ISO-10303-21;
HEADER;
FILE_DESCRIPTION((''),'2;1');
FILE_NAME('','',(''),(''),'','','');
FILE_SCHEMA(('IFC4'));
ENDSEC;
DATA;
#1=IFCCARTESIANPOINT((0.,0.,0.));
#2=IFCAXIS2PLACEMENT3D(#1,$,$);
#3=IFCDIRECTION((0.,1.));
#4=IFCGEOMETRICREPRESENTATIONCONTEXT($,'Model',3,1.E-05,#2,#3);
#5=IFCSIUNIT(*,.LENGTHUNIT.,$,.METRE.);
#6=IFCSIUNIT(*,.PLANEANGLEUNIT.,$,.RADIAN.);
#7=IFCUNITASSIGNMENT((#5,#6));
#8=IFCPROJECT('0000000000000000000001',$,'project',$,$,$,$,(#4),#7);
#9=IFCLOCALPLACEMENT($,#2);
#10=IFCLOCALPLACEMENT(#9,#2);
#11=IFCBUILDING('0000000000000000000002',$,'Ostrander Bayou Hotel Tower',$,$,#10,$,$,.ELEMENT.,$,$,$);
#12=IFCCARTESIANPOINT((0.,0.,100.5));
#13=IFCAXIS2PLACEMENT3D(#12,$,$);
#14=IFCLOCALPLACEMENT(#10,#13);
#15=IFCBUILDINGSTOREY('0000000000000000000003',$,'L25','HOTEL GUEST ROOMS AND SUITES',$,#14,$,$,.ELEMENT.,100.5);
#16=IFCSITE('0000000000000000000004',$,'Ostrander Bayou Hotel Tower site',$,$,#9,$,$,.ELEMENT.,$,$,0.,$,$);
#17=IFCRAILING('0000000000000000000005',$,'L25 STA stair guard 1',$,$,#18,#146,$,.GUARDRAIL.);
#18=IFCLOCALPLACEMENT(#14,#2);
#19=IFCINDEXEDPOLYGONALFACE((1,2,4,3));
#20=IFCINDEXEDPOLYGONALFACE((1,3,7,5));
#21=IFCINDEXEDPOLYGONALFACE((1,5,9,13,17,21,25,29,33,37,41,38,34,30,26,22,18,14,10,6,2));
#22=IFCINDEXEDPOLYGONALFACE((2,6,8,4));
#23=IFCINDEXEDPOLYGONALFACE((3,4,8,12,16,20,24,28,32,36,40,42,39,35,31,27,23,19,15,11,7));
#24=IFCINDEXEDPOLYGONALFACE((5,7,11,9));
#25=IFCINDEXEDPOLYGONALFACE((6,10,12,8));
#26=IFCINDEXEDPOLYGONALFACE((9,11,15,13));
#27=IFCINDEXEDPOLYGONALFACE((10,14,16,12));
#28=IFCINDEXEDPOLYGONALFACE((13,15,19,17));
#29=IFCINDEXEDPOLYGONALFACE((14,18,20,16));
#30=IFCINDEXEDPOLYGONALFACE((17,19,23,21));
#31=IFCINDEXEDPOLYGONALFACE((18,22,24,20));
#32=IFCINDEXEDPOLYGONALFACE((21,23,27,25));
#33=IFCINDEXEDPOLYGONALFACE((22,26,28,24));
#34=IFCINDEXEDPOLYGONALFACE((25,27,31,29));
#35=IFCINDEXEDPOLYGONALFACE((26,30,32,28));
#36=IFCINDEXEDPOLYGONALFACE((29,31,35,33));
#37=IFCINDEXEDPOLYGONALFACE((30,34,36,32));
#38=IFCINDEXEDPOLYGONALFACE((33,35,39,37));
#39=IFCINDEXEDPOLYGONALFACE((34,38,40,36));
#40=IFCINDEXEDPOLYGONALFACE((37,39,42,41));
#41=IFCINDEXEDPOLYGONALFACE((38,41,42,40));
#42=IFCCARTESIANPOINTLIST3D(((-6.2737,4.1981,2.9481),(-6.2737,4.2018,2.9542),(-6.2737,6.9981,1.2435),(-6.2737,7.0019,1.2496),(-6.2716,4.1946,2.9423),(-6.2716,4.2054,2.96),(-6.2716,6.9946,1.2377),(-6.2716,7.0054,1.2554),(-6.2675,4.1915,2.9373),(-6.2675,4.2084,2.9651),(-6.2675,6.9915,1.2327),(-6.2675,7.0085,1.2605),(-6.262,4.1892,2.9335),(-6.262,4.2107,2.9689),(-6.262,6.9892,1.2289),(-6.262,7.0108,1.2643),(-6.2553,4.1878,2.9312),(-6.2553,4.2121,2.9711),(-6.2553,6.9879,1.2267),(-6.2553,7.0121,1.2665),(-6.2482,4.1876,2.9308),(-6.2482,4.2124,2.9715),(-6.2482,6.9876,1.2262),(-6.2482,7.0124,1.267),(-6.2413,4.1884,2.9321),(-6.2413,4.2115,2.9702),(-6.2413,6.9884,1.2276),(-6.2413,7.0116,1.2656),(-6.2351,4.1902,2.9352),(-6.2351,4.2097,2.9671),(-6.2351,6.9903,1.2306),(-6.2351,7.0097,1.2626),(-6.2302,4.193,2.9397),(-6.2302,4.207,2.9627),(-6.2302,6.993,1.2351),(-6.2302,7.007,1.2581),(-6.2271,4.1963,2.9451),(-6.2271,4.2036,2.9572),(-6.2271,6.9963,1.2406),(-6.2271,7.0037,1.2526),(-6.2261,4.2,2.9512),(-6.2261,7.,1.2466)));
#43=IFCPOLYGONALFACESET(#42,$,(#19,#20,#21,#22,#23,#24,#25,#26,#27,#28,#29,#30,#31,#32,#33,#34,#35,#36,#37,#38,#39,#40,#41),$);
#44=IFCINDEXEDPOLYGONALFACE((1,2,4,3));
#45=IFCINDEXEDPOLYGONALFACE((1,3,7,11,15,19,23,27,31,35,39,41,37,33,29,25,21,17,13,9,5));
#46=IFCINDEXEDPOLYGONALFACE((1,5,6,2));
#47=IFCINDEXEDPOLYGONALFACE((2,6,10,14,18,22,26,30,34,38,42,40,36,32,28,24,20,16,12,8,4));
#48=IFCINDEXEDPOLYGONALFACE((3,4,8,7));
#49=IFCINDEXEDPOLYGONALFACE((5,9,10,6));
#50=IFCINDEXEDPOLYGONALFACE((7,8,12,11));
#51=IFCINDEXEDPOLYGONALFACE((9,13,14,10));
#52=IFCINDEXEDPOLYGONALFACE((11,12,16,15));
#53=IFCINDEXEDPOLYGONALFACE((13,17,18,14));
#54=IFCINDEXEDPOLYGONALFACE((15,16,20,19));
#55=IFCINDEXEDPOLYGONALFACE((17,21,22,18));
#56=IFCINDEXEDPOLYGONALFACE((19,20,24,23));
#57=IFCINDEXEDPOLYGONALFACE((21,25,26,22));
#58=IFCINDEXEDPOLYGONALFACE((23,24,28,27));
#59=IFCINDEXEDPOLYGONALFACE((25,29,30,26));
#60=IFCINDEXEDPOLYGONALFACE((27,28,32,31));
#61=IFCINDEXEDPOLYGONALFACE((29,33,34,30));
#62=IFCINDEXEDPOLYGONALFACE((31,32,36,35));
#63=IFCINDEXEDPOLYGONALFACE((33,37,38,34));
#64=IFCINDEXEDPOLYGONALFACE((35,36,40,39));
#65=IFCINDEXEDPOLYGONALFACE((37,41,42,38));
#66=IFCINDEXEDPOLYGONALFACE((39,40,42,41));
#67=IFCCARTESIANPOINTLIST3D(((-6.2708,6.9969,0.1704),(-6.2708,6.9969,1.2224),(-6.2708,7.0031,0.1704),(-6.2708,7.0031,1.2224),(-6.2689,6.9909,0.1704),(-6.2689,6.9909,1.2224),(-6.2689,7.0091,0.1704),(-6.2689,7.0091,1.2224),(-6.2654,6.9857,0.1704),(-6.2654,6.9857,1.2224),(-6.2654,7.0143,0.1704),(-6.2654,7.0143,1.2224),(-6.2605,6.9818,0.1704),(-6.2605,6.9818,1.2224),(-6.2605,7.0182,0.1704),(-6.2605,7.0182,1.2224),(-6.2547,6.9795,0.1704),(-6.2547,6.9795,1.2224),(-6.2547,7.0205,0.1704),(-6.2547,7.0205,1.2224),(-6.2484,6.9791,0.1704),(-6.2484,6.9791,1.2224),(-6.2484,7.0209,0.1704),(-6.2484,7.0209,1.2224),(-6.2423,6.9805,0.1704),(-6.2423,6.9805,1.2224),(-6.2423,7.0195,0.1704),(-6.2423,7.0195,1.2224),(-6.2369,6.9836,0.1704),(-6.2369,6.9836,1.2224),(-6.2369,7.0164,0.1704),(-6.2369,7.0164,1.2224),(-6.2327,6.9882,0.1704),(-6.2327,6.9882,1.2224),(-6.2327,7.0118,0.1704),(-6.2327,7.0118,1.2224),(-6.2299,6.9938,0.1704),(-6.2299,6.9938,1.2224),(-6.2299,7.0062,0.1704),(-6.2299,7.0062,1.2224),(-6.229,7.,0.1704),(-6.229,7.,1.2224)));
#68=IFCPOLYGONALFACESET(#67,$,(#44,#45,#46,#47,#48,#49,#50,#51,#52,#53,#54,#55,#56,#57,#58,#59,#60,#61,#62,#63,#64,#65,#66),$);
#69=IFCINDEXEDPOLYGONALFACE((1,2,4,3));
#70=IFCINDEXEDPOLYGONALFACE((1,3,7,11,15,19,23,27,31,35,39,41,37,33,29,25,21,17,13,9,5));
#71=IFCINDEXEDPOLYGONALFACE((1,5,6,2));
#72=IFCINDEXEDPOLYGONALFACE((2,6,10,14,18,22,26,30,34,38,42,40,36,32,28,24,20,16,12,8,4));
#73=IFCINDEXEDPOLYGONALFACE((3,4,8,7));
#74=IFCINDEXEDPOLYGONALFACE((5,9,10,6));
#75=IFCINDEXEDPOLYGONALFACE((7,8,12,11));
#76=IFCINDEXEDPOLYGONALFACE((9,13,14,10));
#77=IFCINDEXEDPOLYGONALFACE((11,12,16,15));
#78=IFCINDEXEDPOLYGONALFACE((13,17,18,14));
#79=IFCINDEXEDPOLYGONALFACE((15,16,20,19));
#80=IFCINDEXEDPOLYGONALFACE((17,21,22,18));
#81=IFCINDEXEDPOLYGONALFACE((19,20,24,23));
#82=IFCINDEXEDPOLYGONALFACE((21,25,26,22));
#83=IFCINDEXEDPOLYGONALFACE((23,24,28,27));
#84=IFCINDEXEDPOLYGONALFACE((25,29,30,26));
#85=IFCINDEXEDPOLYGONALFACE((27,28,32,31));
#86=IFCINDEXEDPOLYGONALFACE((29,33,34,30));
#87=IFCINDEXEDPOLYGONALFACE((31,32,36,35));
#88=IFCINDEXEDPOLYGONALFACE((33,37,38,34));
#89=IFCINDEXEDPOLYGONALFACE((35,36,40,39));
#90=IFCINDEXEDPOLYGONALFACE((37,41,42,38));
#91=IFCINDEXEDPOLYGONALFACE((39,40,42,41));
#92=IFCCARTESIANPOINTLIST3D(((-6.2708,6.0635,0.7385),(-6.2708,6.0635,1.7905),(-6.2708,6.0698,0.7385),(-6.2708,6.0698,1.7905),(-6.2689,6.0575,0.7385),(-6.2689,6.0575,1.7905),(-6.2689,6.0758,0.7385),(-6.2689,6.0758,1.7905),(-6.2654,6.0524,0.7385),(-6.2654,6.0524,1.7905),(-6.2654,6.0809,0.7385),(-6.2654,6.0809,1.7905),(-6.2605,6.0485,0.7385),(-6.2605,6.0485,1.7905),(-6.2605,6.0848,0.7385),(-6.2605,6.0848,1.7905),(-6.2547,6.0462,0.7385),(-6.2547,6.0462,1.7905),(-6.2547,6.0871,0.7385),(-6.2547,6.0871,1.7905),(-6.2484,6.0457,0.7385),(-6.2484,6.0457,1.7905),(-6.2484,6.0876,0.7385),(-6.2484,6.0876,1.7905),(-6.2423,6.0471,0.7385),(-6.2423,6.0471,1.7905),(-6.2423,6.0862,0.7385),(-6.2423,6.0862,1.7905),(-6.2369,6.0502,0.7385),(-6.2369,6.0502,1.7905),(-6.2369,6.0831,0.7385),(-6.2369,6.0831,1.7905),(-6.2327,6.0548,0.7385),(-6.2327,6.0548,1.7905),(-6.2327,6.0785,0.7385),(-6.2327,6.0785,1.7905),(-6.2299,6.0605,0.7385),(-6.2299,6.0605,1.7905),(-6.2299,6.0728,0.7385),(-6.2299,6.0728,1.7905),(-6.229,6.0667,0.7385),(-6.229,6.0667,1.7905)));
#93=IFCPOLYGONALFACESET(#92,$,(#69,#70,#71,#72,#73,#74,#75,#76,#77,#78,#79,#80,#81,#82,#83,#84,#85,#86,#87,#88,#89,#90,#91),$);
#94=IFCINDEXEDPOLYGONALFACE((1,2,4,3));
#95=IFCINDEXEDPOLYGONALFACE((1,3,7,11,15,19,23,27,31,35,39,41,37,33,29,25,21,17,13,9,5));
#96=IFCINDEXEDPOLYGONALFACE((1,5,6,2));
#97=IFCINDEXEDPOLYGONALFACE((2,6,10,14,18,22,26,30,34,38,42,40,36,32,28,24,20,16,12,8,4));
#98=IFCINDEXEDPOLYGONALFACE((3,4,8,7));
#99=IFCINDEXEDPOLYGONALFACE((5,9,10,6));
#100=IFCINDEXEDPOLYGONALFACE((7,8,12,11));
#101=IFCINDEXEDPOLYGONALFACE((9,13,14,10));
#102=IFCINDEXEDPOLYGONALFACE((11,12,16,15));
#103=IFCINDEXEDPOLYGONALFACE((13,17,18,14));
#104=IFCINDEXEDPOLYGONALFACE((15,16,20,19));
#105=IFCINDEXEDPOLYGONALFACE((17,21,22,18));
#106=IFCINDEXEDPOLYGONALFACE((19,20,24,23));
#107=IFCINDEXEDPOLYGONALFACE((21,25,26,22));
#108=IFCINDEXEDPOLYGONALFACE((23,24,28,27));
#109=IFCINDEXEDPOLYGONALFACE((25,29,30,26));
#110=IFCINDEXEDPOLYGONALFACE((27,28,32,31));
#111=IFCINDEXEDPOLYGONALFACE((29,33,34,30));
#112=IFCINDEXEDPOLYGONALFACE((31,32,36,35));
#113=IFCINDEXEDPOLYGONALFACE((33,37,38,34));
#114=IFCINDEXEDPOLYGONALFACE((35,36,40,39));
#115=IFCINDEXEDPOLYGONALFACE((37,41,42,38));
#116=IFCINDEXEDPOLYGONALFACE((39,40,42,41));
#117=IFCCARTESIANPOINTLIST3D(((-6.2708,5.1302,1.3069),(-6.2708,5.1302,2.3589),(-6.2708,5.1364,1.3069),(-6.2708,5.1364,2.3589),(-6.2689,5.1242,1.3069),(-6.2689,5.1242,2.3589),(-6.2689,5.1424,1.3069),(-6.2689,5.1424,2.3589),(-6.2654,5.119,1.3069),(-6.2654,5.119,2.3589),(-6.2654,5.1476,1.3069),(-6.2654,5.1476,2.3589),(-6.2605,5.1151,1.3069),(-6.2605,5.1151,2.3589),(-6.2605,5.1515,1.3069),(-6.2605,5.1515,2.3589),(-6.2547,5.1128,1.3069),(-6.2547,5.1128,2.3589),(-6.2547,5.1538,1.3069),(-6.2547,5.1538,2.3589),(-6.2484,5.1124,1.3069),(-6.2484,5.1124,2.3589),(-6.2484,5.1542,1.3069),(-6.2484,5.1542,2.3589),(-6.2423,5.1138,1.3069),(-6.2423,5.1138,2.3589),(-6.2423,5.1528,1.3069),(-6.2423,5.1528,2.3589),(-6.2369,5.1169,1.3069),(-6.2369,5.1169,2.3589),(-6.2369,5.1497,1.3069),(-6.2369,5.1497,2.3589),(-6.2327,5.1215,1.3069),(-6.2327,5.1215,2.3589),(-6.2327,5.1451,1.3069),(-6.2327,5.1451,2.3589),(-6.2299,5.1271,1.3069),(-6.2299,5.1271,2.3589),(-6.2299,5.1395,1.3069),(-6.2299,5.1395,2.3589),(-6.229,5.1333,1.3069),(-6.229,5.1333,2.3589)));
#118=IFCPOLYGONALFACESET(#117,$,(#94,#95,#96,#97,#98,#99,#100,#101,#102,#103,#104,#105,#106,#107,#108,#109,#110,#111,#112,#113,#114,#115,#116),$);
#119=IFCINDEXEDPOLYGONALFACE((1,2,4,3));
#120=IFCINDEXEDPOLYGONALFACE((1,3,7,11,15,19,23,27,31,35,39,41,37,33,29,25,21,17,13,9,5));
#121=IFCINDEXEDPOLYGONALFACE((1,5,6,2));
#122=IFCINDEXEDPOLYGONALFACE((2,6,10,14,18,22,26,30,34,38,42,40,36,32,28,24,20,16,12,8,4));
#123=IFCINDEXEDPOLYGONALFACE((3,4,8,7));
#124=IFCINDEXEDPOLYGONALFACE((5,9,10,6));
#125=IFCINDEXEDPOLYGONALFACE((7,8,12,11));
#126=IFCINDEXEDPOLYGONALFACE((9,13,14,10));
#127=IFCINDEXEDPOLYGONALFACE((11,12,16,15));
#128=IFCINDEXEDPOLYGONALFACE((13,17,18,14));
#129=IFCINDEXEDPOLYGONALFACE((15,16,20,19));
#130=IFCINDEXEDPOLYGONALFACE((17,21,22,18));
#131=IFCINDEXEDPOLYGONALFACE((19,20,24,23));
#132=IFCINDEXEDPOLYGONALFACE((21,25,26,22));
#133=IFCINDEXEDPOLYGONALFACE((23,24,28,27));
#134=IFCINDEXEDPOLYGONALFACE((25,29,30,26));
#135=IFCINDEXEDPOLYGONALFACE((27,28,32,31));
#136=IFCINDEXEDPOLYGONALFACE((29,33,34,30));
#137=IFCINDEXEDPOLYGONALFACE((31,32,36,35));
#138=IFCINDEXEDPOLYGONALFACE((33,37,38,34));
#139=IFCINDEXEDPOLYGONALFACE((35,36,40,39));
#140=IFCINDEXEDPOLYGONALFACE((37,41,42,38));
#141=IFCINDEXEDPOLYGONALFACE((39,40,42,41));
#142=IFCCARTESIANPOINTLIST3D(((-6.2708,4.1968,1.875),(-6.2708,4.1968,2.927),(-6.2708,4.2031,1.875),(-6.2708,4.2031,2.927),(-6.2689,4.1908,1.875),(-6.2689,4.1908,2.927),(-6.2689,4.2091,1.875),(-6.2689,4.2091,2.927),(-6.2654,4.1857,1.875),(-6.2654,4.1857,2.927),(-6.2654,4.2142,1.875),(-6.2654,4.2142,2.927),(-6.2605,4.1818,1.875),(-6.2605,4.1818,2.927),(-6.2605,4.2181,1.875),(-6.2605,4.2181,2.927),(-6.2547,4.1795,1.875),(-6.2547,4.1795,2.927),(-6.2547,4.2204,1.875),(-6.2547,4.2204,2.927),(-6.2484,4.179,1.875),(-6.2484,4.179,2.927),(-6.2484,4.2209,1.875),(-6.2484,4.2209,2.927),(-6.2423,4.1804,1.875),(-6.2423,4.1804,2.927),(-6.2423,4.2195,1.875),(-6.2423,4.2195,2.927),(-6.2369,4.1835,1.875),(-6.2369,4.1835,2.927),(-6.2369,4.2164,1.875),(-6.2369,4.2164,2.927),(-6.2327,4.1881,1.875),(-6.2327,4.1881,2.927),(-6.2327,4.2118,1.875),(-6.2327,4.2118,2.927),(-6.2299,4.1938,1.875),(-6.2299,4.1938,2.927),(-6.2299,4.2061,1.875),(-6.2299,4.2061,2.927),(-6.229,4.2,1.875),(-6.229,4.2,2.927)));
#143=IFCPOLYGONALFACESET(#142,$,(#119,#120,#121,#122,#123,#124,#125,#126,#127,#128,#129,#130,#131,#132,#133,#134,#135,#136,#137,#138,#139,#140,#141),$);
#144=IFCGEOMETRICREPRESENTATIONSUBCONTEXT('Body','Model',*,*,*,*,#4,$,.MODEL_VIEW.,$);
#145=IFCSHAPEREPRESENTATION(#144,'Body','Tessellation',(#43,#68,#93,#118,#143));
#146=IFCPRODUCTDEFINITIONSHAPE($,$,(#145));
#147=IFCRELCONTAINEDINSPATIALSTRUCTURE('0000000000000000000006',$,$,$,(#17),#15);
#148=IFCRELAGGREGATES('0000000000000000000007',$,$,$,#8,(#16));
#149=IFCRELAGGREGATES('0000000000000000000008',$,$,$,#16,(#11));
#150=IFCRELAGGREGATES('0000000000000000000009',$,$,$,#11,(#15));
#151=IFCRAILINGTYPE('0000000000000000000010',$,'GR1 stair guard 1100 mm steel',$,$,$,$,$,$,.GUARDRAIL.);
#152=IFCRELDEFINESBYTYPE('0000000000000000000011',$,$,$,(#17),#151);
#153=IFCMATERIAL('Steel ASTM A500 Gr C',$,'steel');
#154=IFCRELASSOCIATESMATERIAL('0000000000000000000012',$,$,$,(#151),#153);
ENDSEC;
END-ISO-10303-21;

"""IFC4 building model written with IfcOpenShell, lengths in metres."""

from ifc_helpers import new_model, si_unit, direction, frame, origin, origin_2d, place, context, subcontext, project, spatial, circle, extrude, material, type_object, element, save


model = new_model("IFC4")

# Units and contexts
model_context = context("Model", 3, precision=1e-05, world=origin(), true_north=direction((0.0, 1.0)))
body_context = subcontext(model_context, "Body", "Model", "MODEL_VIEW")
ifc_project = project(units=[si_unit("LENGTHUNIT", "METRE"), si_unit("PLANEANGLEUNIT", "RADIAN")], contexts=[model_context])

# Site, building, storey
site_placement = place(None, origin())
site = spatial("IfcSite", under=ifc_project, at=site_placement, Name="Ostrander Bayou Hotel Tower site", CompositionType="ELEMENT", RefElevation=0.0)
building_placement = place(site_placement, origin())
building = spatial("IfcBuilding", under=site, at=building_placement, Name="Ostrander Bayou Hotel Tower", CompositionType="ELEMENT")
storey_placement = place(building_placement, frame((0.0, 0.0, 100.5)))
storey = spatial("IfcBuildingStorey", under=building, at=storey_placement, Name="L25", Description="HOTEL GUEST ROOMS AND SUITES", CompositionType="ELEMENT", Elevation=100.5)

# Railing
ifc_material_1 = material(Name="Steel ASTM A500 Gr C", Category="steel")
railing_type_1 = type_object("IfcRailingType", Name="GR1 stair guard 1100 mm steel", PredefinedType="GUARDRAIL", material=ifc_material_1)
railing_1_placement = place(storey_placement, frame((-6.25, 7.0, 0.1704)))
element("IfcRailing", 1, at=railing_1_placement, inside=storey, type_object=railing_type_1, Name="L25 STA stair guard 1", PredefinedType="GUARDRAIL", context=body_context, shape_type="SweptSolid", body=[
    extrude(circle(Radius=0.0239, at=origin_2d()), frame((0.0, 0.0, 1.0762), z_axis=(0.0, -0.85417, 0.519994), x_axis=(1.0, 0.0, 0.0)), (0.0, 0.0, 1.0), 3.2781),
    extrude(circle(Radius=0.021, at=origin_2d()), origin(), (0.0, 0.0, 1.0), 1.052),
    extrude(circle(Radius=0.021, at=origin_2d()), frame((0.0, -0.9333, 0.5681)), (0.0, 0.0, 1.0), 1.052),
    extrude(circle(Radius=0.021, at=origin_2d()), frame((0.0, -1.8667, 1.1365)), (0.0, 0.0, 1.0), 1.052),
    extrude(circle(Radius=0.021, at=origin_2d()), frame((0.0, -2.8, 1.7046)), (0.0, 0.0, 1.0), 1.052),
])

save(model, "model.ifc")
